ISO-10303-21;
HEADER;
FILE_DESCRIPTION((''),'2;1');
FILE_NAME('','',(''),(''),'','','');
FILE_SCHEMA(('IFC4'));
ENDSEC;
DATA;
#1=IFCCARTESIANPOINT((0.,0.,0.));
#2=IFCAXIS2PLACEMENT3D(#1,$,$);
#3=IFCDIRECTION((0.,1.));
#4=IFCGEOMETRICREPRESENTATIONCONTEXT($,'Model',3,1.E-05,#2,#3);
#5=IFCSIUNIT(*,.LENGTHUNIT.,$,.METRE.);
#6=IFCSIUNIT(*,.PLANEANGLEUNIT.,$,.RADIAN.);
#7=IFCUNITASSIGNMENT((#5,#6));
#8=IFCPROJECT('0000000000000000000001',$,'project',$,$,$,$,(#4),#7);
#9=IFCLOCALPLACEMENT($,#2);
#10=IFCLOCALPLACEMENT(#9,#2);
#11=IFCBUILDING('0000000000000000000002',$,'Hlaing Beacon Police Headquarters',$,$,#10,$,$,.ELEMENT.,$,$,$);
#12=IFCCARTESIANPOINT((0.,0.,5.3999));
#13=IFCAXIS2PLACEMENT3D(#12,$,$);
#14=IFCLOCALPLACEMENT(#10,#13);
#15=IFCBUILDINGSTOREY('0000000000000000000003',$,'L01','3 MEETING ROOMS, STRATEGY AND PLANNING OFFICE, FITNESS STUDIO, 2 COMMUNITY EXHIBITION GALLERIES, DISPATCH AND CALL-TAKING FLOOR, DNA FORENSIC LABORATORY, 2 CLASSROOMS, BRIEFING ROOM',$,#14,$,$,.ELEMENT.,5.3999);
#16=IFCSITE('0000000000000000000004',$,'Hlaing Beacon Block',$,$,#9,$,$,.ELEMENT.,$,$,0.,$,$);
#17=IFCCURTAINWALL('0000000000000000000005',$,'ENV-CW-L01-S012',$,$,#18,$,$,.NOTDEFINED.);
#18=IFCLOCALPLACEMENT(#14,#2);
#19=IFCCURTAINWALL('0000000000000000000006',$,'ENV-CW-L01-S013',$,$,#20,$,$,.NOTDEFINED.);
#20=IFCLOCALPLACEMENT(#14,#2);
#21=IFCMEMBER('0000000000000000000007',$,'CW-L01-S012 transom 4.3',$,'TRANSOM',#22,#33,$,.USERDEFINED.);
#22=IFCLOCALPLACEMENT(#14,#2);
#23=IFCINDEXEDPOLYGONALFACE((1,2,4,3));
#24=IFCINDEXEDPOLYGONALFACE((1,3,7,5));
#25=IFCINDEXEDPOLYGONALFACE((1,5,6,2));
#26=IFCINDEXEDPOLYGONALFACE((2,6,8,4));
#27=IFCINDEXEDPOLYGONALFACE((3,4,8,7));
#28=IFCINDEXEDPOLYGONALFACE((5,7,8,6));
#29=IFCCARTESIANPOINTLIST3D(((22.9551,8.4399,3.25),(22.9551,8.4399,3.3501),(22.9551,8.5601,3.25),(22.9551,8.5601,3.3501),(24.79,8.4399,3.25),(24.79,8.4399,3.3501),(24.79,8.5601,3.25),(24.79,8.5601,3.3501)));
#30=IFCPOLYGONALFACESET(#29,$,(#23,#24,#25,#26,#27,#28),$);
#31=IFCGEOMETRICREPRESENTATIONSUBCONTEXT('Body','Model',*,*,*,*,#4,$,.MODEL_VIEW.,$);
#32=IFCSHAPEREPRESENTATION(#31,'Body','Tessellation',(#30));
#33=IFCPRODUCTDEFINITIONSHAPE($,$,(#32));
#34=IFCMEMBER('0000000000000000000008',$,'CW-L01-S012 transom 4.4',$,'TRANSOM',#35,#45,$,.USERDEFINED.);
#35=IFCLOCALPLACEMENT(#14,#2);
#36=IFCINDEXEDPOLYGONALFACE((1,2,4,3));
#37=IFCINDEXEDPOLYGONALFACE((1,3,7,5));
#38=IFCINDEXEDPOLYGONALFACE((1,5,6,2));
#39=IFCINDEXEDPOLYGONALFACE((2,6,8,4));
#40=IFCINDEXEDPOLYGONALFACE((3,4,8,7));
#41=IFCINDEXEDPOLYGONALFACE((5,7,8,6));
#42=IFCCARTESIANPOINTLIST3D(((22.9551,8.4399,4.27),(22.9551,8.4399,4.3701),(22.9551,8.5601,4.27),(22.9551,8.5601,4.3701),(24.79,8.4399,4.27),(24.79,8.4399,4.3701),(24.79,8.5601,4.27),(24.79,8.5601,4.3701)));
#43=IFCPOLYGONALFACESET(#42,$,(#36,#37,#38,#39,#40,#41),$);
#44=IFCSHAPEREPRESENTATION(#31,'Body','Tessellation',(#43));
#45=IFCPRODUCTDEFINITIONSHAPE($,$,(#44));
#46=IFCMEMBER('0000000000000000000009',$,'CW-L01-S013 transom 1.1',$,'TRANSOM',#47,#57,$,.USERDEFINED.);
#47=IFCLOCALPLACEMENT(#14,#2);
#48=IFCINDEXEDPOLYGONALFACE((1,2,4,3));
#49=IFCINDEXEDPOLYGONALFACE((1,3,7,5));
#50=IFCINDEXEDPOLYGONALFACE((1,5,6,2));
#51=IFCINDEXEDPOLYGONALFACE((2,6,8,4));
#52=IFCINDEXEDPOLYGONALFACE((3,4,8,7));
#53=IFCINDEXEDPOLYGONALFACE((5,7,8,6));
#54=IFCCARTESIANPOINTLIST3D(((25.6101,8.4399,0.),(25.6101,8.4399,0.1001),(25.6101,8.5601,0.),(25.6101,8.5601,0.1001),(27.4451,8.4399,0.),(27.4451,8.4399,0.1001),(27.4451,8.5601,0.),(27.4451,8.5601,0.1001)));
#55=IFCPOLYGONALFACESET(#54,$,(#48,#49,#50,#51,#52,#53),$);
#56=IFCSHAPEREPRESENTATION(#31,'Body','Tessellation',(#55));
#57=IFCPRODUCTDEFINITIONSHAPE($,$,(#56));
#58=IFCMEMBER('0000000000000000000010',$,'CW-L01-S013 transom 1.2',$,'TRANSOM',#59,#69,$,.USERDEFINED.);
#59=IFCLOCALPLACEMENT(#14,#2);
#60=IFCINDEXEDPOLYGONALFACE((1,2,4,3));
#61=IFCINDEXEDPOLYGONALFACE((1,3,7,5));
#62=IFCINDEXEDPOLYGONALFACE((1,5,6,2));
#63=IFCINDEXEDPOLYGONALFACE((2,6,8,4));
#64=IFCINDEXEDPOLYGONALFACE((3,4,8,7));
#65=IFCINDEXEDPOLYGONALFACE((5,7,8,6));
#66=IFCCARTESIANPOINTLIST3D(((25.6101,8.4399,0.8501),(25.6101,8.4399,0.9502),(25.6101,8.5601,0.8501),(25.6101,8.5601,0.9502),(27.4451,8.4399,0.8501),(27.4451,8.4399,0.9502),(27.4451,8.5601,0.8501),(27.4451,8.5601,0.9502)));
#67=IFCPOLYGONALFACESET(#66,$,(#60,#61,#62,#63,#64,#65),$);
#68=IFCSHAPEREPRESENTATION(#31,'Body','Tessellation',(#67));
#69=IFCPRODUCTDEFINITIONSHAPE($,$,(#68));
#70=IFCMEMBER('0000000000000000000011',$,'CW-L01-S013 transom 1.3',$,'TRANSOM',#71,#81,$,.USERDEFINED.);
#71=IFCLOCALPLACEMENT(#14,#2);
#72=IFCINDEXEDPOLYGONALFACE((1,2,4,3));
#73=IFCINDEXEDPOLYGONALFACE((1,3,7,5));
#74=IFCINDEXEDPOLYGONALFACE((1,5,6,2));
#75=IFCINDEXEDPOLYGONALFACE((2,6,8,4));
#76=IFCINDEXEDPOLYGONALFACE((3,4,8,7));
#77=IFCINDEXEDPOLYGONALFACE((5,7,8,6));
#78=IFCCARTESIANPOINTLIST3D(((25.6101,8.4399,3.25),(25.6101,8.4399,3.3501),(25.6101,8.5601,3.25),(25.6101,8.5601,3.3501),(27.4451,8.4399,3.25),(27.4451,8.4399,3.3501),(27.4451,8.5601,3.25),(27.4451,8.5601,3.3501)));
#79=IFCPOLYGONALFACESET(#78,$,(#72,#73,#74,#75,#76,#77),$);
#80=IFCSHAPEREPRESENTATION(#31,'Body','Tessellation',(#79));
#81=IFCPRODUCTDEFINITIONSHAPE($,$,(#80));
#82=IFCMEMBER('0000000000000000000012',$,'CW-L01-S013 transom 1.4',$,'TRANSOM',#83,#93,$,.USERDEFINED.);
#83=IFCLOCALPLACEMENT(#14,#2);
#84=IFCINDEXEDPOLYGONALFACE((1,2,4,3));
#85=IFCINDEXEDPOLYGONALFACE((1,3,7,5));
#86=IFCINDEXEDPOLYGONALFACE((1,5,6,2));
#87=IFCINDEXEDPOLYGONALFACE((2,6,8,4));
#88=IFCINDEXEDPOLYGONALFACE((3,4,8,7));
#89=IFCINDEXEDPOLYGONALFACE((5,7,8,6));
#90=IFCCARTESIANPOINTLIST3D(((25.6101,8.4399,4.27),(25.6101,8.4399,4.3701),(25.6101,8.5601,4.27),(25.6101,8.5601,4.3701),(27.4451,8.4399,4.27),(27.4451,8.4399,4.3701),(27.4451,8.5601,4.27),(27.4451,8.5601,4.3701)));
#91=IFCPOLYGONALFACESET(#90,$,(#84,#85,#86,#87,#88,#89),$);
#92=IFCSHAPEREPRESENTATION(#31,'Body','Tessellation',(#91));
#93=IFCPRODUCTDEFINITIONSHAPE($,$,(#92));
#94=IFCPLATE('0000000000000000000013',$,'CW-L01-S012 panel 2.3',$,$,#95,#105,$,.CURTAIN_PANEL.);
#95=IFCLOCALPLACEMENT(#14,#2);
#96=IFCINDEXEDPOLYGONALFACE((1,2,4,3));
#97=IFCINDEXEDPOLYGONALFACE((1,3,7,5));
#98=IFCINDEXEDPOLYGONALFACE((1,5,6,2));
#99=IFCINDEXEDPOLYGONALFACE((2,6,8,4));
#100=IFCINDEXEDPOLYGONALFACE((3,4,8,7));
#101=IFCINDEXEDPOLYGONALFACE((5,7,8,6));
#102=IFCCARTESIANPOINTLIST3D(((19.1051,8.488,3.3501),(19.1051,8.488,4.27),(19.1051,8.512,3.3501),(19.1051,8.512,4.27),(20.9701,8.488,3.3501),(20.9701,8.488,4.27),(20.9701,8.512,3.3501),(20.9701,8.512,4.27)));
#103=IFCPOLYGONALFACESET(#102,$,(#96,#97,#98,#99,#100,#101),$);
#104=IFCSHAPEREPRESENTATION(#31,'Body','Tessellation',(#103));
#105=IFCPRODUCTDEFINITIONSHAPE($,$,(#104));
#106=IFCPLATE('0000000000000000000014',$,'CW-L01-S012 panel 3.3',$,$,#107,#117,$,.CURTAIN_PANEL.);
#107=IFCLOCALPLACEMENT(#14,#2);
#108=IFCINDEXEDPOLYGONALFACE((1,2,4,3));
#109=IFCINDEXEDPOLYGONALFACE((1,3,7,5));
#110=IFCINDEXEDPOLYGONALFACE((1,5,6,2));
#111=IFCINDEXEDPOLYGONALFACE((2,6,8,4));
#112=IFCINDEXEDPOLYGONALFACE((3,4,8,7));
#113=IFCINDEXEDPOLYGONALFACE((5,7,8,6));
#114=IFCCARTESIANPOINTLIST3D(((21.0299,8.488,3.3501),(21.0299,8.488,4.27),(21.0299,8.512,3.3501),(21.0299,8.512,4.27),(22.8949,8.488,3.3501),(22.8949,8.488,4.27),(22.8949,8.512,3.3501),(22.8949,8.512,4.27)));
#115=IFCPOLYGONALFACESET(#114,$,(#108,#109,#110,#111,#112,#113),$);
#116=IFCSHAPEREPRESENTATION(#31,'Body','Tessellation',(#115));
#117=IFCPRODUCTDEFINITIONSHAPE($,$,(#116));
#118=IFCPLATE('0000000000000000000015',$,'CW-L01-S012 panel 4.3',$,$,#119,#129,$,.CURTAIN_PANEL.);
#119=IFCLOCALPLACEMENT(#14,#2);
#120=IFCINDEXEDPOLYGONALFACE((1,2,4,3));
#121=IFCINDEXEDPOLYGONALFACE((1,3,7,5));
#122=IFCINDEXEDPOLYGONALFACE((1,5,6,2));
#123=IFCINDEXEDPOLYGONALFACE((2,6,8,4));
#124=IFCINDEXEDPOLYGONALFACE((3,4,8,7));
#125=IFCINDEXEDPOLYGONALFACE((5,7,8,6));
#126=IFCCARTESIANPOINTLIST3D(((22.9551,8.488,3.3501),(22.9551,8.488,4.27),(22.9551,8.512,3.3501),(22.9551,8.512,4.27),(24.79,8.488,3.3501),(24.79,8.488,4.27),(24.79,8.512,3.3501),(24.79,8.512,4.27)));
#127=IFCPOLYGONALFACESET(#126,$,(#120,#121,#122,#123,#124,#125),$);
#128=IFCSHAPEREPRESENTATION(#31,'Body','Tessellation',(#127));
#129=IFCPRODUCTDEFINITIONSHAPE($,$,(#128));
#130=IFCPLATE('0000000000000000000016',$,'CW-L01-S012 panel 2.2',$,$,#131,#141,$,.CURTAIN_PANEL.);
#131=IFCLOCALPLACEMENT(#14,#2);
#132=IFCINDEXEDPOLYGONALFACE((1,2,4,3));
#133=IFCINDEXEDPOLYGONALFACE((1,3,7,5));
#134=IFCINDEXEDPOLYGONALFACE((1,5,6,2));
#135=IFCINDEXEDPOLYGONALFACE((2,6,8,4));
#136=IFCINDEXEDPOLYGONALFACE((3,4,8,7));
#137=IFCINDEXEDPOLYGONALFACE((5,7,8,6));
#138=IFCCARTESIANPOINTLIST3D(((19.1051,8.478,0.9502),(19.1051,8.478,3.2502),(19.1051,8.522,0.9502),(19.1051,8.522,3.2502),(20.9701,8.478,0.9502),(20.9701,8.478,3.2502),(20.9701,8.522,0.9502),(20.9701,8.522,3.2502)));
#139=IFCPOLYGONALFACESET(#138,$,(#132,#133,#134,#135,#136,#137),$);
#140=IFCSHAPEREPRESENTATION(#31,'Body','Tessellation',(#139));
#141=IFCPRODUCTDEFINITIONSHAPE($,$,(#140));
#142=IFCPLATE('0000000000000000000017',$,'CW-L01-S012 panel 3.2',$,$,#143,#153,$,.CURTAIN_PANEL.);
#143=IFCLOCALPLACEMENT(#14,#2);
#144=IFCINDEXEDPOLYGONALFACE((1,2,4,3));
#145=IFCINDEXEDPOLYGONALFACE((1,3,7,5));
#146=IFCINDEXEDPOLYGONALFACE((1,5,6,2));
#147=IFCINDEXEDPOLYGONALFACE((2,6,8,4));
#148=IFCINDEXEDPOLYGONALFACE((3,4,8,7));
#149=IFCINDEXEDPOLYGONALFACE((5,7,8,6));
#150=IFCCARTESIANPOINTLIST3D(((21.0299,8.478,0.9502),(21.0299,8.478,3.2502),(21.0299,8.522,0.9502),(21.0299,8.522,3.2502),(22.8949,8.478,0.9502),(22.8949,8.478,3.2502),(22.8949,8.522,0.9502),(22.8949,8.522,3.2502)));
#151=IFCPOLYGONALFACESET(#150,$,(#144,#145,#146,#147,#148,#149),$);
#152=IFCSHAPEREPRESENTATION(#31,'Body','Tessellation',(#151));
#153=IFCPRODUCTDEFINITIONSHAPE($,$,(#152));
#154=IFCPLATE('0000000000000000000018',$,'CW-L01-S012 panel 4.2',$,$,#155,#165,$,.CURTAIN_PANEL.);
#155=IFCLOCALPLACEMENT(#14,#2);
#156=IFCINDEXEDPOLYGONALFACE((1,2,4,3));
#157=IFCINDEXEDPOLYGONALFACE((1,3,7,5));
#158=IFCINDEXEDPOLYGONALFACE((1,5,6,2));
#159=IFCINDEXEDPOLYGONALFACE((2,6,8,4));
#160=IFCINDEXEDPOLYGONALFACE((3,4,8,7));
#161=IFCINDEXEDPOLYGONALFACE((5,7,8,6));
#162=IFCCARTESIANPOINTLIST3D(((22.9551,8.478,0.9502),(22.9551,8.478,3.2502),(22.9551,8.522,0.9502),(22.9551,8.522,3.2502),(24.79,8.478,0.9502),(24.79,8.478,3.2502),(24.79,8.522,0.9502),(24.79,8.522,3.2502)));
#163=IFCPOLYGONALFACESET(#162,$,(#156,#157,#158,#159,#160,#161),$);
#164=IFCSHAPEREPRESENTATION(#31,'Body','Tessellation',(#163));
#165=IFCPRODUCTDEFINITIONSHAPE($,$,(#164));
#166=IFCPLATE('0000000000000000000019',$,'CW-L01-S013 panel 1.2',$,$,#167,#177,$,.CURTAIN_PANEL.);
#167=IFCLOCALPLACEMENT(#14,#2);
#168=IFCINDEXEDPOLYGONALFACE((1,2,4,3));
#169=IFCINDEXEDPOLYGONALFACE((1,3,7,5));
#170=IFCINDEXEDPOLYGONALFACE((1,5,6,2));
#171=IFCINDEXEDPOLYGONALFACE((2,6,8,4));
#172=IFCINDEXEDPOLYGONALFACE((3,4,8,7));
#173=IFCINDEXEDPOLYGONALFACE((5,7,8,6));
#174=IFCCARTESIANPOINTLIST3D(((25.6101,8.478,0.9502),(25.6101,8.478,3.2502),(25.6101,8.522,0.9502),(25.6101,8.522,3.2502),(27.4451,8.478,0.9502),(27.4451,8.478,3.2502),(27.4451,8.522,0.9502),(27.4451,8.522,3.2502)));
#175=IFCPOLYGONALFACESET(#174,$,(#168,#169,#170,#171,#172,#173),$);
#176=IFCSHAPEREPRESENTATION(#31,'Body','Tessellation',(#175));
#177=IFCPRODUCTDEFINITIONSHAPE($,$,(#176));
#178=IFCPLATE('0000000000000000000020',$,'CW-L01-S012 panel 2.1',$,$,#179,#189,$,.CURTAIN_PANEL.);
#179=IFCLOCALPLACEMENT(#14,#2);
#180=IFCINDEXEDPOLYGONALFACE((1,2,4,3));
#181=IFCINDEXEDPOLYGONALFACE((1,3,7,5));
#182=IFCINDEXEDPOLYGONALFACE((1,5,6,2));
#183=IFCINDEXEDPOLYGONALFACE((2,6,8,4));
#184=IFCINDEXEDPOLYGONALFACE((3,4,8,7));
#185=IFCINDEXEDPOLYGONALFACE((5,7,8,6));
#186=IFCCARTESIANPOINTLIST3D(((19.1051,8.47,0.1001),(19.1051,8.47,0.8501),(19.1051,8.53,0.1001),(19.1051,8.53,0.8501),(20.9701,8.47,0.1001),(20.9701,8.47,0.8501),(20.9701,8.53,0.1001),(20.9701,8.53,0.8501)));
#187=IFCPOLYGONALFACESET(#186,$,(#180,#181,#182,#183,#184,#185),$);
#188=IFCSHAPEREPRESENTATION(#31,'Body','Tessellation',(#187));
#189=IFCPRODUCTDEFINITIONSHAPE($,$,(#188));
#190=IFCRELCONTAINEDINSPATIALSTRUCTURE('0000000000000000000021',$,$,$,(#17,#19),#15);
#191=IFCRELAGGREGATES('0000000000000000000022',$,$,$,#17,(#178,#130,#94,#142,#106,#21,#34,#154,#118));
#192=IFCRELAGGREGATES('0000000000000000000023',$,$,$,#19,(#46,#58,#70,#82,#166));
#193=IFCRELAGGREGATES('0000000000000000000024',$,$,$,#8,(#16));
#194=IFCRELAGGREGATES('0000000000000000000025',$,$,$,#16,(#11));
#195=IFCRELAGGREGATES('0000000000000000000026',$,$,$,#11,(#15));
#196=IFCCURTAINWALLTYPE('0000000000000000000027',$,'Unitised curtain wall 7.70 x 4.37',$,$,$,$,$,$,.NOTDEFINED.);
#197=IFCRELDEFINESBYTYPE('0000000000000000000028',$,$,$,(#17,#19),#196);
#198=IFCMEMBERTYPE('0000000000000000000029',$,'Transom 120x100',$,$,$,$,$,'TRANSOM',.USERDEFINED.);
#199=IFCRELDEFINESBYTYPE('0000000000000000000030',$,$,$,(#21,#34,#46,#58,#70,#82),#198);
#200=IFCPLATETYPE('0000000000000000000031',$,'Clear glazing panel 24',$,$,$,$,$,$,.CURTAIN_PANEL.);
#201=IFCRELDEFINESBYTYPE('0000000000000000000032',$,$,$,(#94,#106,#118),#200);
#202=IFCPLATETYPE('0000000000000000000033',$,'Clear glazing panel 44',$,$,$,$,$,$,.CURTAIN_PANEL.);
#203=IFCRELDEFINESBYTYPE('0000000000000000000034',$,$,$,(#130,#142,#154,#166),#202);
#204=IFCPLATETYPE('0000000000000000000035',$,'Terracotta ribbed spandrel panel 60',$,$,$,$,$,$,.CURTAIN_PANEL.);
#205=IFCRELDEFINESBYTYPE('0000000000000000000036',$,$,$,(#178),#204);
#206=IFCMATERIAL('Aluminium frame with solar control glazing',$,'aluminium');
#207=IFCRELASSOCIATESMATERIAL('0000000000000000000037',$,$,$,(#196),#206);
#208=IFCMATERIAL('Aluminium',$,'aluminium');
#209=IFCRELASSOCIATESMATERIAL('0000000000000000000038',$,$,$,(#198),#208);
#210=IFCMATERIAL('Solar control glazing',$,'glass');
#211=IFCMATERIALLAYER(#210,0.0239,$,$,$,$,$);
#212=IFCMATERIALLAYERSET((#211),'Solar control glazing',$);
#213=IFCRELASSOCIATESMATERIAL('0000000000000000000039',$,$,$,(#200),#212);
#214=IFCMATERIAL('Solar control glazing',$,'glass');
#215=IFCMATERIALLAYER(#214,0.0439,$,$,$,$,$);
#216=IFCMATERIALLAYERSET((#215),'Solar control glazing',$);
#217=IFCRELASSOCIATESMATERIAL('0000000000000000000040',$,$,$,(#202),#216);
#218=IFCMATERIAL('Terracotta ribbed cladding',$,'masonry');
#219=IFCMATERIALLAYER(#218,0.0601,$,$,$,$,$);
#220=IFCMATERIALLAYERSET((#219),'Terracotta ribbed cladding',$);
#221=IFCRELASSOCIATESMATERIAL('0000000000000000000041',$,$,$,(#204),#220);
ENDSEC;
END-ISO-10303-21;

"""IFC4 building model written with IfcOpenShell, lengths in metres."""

from ifc_helpers import new_model, si_unit, direction, frame, origin, origin_2d, place, context, subcontext, project, spatial, rectangle, extrude, material, layer, layer_set, material_profile, profile_set, type_object, element, aggregate, save


model = new_model("IFC4")

# Units and contexts
model_context = context("Model", 3, precision=1e-05, world=origin(), true_north=direction((0.0, 1.0)))
body_context = subcontext(model_context, "Body", "Model", "MODEL_VIEW")
ifc_project = project(units=[si_unit("LENGTHUNIT", "METRE"), si_unit("PLANEANGLEUNIT", "RADIAN")], contexts=[model_context])

# Site, building, storey
site_placement = place(None, origin())
site = spatial("IfcSite", under=ifc_project, at=site_placement, Name="Hlaing Beacon Block", CompositionType="ELEMENT", RefElevation=0.0)
building_placement = place(site_placement, origin())
building = spatial("IfcBuilding", under=site, at=building_placement, Name="Hlaing Beacon Police Headquarters", CompositionType="ELEMENT")
storey_placement = place(building_placement, frame((0.0, 0.0, 5.3999)))
storey = spatial("IfcBuildingStorey", under=building, at=storey_placement, Name="L01", Description="3 MEETING ROOMS, STRATEGY AND PLANNING OFFICE, FITNESS STUDIO, 2 COMMUNITY EXHIBITION GALLERIES, DISPATCH AND CALL-TAKING FLOOR, DNA FORENSIC LABORATORY, 2 CLASSROOMS, BRIEFING ROOM", CompositionType="ELEMENT", Elevation=5.3999)

# Curtain wall
ifc_material_1 = material(Name="Aluminium frame with solar control glazing", Category="aluminium")
curtain_wall_type = type_object("IfcCurtainWallType", Name="Unitised curtain wall 7.70 x 4.37", PredefinedType="NOTDEFINED", material=ifc_material_1)
curtain_wall_1_placement = place(storey_placement, origin())
curtain_wall_1 = element("IfcCurtainWall", 1, at=curtain_wall_1_placement, inside=storey, type_object=curtain_wall_type, Name="ENV-CW-L01-S012", PredefinedType="NOTDEFINED")

# Curtain wall
curtain_wall_2_placement = place(storey_placement, origin())
curtain_wall_2 = element("IfcCurtainWall", 2, at=curtain_wall_2_placement, inside=storey, type_object=curtain_wall_type, Name="ENV-CW-L01-S013", PredefinedType="NOTDEFINED")

# Members
ifc_material_2 = material(Name="Aluminium", Category="aluminium")
ifc_material_profile_1 = material_profile(ifc_material_2, rectangle(XDim=0.1201, YDim=0.1001, at=origin_2d()), Name="Transom 120x100")
ifc_profile_set_1 = profile_set([ifc_material_profile_1], Name="Aluminium")
member_type_1 = type_object("IfcMemberType", Name="Transom 120x100", ElementType="TRANSOM", PredefinedType="USERDEFINED", material=ifc_profile_set_1)
member_1_placement = place(storey_placement, frame((22.9551, 8.5, 3.3), z_axis=(1.0, 0.0, 0.0), x_axis=(0.0, 1.0, 0.0)))
member_1 = element("IfcMember", 3, at=member_1_placement, type_object=member_type_1, Name="CW-L01-S012 transom 4.3", ObjectType="TRANSOM", PredefinedType="USERDEFINED", context=body_context, shape_type="SweptSolid", body=[
    extrude(rectangle(XDim=0.1201, YDim=0.1001, at=origin_2d()), origin(), (0.0, 0.0, 1.0), 1.835),
])
member_2_placement = place(storey_placement, frame((22.9551, 8.5, 4.3201), z_axis=(1.0, 0.0, 0.0), x_axis=(0.0, 1.0, 0.0)))
member_2 = element("IfcMember", 4, at=member_2_placement, type_object=member_type_1, Name="CW-L01-S012 transom 4.4", ObjectType="TRANSOM", PredefinedType="USERDEFINED", context=body_context, shape_type="SweptSolid", body=[
    extrude(rectangle(XDim=0.1201, YDim=0.1001, at=origin_2d()), origin(), (0.0, 0.0, 1.0), 1.835),
])
member_3_placement = place(storey_placement, frame((25.6101, 8.5, 0.05), z_axis=(1.0, 0.0, 0.0), x_axis=(0.0, 1.0, 0.0)))
member_3 = element("IfcMember", 5, at=member_3_placement, type_object=member_type_1, Name="CW-L01-S013 transom 1.1", ObjectType="TRANSOM", PredefinedType="USERDEFINED", context=body_context, shape_type="SweptSolid", body=[
    extrude(rectangle(XDim=0.1201, YDim=0.1001, at=origin_2d()), origin(), (0.0, 0.0, 1.0), 1.835),
])
member_4_placement = place(storey_placement, frame((25.6101, 8.5, 0.9001), z_axis=(1.0, 0.0, 0.0), x_axis=(0.0, 1.0, 0.0)))
member_4 = element("IfcMember", 6, at=member_4_placement, type_object=member_type_1, Name="CW-L01-S013 transom 1.2", ObjectType="TRANSOM", PredefinedType="USERDEFINED", context=body_context, shape_type="SweptSolid", body=[
    extrude(rectangle(XDim=0.1201, YDim=0.1001, at=origin_2d()), origin(), (0.0, 0.0, 1.0), 1.835),
])
member_5_placement = place(storey_placement, frame((25.6101, 8.5, 3.3), z_axis=(1.0, 0.0, 0.0), x_axis=(0.0, 1.0, 0.0)))
member_5 = element("IfcMember", 7, at=member_5_placement, type_object=member_type_1, Name="CW-L01-S013 transom 1.3", ObjectType="TRANSOM", PredefinedType="USERDEFINED", context=body_context, shape_type="SweptSolid", body=[
    extrude(rectangle(XDim=0.1201, YDim=0.1001, at=origin_2d()), origin(), (0.0, 0.0, 1.0), 1.835),
])
member_6_placement = place(storey_placement, frame((25.6101, 8.5, 4.3201), z_axis=(1.0, 0.0, 0.0), x_axis=(0.0, 1.0, 0.0)))
member_6 = element("IfcMember", 8, at=member_6_placement, type_object=member_type_1, Name="CW-L01-S013 transom 1.4", ObjectType="TRANSOM", PredefinedType="USERDEFINED", context=body_context, shape_type="SweptSolid", body=[
    extrude(rectangle(XDim=0.1201, YDim=0.1001, at=origin_2d()), origin(), (0.0, 0.0, 1.0), 1.835),
])

# Plates
ifc_material_3 = material(Name="Solar control glazing", Category="glass")
ifc_layer_1 = layer(ifc_material_3, 0.0239)
ifc_layer_set_1 = layer_set([ifc_layer_1], Name="Solar control glazing")
plate_type_1 = type_object("IfcPlateType", Name="Clear glazing panel 24", PredefinedType="CURTAIN_PANEL", material=ifc_layer_set_1)
plate_1_placement = place(storey_placement, frame((20.0376, 8.5, 3.3501), z_axis=(0.0, 0.0, 1.0), x_axis=(1.0, 0.0, 0.0)))
plate_1 = element("IfcPlate", 9, at=plate_1_placement, type_object=plate_type_1, Name="CW-L01-S012 panel 2.3", PredefinedType="CURTAIN_PANEL", context=body_context, shape_type="SweptSolid", body=[
    extrude(rectangle(XDim=1.865, YDim=0.0239, at=origin_2d()), origin(), (0.0, 0.0, 1.0), 0.9199),
])
plate_2_placement = place(storey_placement, frame((21.9624, 8.5, 3.3501), z_axis=(0.0, 0.0, 1.0), x_axis=(1.0, 0.0, 0.0)))
plate_2 = element("IfcPlate", 10, at=plate_2_placement, type_object=plate_type_1, Name="CW-L01-S012 panel 3.3", PredefinedType="CURTAIN_PANEL", context=body_context, shape_type="SweptSolid", body=[
    extrude(rectangle(XDim=1.865, YDim=0.0239, at=origin_2d()), origin(), (0.0, 0.0, 1.0), 0.9199),
])
plate_3_placement = place(storey_placement, frame((23.8726, 8.5, 3.3501), z_axis=(0.0, 0.0, 1.0), x_axis=(1.0, 0.0, 0.0)))
plate_3 = element("IfcPlate", 11, at=plate_3_placement, type_object=plate_type_1, Name="CW-L01-S012 panel 4.3", PredefinedType="CURTAIN_PANEL", context=body_context, shape_type="SweptSolid", body=[
    extrude(rectangle(XDim=1.835, YDim=0.0239, at=origin_2d()), origin(), (0.0, 0.0, 1.0), 0.9199),
])
ifc_material_4 = material(Name="Solar control glazing", Category="glass")
ifc_layer_2 = layer(ifc_material_4, 0.0439)
ifc_layer_set_2 = layer_set([ifc_layer_2], Name="Solar control glazing")
plate_type_2 = type_object("IfcPlateType", Name="Clear glazing panel 44", PredefinedType="CURTAIN_PANEL", material=ifc_layer_set_2)
plate_4_placement = place(storey_placement, frame((20.0376, 8.5, 0.9502), z_axis=(0.0, 0.0, 1.0), x_axis=(1.0, 0.0, 0.0)))
plate_4 = element("IfcPlate", 12, at=plate_4_placement, type_object=plate_type_2, Name="CW-L01-S012 panel 2.2", PredefinedType="CURTAIN_PANEL", context=body_context, shape_type="SweptSolid", body=[
    extrude(rectangle(XDim=1.865, YDim=0.0439, at=origin_2d()), origin(), (0.0, 0.0, 1.0), 2.3),
])
plate_5_placement = place(storey_placement, frame((21.9624, 8.5, 0.9502), z_axis=(0.0, 0.0, 1.0), x_axis=(1.0, 0.0, 0.0)))
plate_5 = element("IfcPlate", 13, at=plate_5_placement, type_object=plate_type_2, Name="CW-L01-S012 panel 3.2", PredefinedType="CURTAIN_PANEL", context=body_context, shape_type="SweptSolid", body=[
    extrude(rectangle(XDim=1.865, YDim=0.0439, at=origin_2d()), origin(), (0.0, 0.0, 1.0), 2.3),
])
plate_6_placement = place(storey_placement, frame((23.8726, 8.5, 0.9502), z_axis=(0.0, 0.0, 1.0), x_axis=(1.0, 0.0, 0.0)))
plate_6 = element("IfcPlate", 14, at=plate_6_placement, type_object=plate_type_2, Name="CW-L01-S012 panel 4.2", PredefinedType="CURTAIN_PANEL", context=body_context, shape_type="SweptSolid", body=[
    extrude(rectangle(XDim=1.835, YDim=0.0439, at=origin_2d()), origin(), (0.0, 0.0, 1.0), 2.3),
])
plate_7_placement = place(storey_placement, frame((26.5276, 8.5, 0.9502), z_axis=(0.0, 0.0, 1.0), x_axis=(1.0, 0.0, 0.0)))
plate_7 = element("IfcPlate", 15, at=plate_7_placement, type_object=plate_type_2, Name="CW-L01-S013 panel 1.2", PredefinedType="CURTAIN_PANEL", context=body_context, shape_type="SweptSolid", body=[
    extrude(rectangle(XDim=1.835, YDim=0.0439, at=origin_2d()), origin(), (0.0, 0.0, 1.0), 2.3),
])
ifc_material_5 = material(Name="Terracotta ribbed cladding", Category="masonry")
ifc_layer_3 = layer(ifc_material_5, 0.0601)
ifc_layer_set_3 = layer_set([ifc_layer_3], Name="Terracotta ribbed cladding")
plate_type_3 = type_object("IfcPlateType", Name="Terracotta ribbed spandrel panel 60", PredefinedType="CURTAIN_PANEL", material=ifc_layer_set_3)
plate_8_placement = place(storey_placement, frame((20.0376, 8.5, 0.1001), z_axis=(0.0, 0.0, 1.0), x_axis=(1.0, 0.0, 0.0)))
plate_8 = element("IfcPlate", 16, at=plate_8_placement, type_object=plate_type_3, Name="CW-L01-S012 panel 2.1", PredefinedType="CURTAIN_PANEL", context=body_context, shape_type="SweptSolid", body=[
    extrude(rectangle(XDim=1.865, YDim=0.0601, at=origin_2d()), origin(), (0.0, 0.0, 1.0), 0.75),
])
aggregate(curtain_wall_1, [plate_8, plate_4, plate_1, plate_5, plate_2, member_1, member_2, plate_6, plate_3])
aggregate(curtain_wall_2, [member_3, member_4, member_5, member_6, plate_7])

save(model, "model.ifc")
